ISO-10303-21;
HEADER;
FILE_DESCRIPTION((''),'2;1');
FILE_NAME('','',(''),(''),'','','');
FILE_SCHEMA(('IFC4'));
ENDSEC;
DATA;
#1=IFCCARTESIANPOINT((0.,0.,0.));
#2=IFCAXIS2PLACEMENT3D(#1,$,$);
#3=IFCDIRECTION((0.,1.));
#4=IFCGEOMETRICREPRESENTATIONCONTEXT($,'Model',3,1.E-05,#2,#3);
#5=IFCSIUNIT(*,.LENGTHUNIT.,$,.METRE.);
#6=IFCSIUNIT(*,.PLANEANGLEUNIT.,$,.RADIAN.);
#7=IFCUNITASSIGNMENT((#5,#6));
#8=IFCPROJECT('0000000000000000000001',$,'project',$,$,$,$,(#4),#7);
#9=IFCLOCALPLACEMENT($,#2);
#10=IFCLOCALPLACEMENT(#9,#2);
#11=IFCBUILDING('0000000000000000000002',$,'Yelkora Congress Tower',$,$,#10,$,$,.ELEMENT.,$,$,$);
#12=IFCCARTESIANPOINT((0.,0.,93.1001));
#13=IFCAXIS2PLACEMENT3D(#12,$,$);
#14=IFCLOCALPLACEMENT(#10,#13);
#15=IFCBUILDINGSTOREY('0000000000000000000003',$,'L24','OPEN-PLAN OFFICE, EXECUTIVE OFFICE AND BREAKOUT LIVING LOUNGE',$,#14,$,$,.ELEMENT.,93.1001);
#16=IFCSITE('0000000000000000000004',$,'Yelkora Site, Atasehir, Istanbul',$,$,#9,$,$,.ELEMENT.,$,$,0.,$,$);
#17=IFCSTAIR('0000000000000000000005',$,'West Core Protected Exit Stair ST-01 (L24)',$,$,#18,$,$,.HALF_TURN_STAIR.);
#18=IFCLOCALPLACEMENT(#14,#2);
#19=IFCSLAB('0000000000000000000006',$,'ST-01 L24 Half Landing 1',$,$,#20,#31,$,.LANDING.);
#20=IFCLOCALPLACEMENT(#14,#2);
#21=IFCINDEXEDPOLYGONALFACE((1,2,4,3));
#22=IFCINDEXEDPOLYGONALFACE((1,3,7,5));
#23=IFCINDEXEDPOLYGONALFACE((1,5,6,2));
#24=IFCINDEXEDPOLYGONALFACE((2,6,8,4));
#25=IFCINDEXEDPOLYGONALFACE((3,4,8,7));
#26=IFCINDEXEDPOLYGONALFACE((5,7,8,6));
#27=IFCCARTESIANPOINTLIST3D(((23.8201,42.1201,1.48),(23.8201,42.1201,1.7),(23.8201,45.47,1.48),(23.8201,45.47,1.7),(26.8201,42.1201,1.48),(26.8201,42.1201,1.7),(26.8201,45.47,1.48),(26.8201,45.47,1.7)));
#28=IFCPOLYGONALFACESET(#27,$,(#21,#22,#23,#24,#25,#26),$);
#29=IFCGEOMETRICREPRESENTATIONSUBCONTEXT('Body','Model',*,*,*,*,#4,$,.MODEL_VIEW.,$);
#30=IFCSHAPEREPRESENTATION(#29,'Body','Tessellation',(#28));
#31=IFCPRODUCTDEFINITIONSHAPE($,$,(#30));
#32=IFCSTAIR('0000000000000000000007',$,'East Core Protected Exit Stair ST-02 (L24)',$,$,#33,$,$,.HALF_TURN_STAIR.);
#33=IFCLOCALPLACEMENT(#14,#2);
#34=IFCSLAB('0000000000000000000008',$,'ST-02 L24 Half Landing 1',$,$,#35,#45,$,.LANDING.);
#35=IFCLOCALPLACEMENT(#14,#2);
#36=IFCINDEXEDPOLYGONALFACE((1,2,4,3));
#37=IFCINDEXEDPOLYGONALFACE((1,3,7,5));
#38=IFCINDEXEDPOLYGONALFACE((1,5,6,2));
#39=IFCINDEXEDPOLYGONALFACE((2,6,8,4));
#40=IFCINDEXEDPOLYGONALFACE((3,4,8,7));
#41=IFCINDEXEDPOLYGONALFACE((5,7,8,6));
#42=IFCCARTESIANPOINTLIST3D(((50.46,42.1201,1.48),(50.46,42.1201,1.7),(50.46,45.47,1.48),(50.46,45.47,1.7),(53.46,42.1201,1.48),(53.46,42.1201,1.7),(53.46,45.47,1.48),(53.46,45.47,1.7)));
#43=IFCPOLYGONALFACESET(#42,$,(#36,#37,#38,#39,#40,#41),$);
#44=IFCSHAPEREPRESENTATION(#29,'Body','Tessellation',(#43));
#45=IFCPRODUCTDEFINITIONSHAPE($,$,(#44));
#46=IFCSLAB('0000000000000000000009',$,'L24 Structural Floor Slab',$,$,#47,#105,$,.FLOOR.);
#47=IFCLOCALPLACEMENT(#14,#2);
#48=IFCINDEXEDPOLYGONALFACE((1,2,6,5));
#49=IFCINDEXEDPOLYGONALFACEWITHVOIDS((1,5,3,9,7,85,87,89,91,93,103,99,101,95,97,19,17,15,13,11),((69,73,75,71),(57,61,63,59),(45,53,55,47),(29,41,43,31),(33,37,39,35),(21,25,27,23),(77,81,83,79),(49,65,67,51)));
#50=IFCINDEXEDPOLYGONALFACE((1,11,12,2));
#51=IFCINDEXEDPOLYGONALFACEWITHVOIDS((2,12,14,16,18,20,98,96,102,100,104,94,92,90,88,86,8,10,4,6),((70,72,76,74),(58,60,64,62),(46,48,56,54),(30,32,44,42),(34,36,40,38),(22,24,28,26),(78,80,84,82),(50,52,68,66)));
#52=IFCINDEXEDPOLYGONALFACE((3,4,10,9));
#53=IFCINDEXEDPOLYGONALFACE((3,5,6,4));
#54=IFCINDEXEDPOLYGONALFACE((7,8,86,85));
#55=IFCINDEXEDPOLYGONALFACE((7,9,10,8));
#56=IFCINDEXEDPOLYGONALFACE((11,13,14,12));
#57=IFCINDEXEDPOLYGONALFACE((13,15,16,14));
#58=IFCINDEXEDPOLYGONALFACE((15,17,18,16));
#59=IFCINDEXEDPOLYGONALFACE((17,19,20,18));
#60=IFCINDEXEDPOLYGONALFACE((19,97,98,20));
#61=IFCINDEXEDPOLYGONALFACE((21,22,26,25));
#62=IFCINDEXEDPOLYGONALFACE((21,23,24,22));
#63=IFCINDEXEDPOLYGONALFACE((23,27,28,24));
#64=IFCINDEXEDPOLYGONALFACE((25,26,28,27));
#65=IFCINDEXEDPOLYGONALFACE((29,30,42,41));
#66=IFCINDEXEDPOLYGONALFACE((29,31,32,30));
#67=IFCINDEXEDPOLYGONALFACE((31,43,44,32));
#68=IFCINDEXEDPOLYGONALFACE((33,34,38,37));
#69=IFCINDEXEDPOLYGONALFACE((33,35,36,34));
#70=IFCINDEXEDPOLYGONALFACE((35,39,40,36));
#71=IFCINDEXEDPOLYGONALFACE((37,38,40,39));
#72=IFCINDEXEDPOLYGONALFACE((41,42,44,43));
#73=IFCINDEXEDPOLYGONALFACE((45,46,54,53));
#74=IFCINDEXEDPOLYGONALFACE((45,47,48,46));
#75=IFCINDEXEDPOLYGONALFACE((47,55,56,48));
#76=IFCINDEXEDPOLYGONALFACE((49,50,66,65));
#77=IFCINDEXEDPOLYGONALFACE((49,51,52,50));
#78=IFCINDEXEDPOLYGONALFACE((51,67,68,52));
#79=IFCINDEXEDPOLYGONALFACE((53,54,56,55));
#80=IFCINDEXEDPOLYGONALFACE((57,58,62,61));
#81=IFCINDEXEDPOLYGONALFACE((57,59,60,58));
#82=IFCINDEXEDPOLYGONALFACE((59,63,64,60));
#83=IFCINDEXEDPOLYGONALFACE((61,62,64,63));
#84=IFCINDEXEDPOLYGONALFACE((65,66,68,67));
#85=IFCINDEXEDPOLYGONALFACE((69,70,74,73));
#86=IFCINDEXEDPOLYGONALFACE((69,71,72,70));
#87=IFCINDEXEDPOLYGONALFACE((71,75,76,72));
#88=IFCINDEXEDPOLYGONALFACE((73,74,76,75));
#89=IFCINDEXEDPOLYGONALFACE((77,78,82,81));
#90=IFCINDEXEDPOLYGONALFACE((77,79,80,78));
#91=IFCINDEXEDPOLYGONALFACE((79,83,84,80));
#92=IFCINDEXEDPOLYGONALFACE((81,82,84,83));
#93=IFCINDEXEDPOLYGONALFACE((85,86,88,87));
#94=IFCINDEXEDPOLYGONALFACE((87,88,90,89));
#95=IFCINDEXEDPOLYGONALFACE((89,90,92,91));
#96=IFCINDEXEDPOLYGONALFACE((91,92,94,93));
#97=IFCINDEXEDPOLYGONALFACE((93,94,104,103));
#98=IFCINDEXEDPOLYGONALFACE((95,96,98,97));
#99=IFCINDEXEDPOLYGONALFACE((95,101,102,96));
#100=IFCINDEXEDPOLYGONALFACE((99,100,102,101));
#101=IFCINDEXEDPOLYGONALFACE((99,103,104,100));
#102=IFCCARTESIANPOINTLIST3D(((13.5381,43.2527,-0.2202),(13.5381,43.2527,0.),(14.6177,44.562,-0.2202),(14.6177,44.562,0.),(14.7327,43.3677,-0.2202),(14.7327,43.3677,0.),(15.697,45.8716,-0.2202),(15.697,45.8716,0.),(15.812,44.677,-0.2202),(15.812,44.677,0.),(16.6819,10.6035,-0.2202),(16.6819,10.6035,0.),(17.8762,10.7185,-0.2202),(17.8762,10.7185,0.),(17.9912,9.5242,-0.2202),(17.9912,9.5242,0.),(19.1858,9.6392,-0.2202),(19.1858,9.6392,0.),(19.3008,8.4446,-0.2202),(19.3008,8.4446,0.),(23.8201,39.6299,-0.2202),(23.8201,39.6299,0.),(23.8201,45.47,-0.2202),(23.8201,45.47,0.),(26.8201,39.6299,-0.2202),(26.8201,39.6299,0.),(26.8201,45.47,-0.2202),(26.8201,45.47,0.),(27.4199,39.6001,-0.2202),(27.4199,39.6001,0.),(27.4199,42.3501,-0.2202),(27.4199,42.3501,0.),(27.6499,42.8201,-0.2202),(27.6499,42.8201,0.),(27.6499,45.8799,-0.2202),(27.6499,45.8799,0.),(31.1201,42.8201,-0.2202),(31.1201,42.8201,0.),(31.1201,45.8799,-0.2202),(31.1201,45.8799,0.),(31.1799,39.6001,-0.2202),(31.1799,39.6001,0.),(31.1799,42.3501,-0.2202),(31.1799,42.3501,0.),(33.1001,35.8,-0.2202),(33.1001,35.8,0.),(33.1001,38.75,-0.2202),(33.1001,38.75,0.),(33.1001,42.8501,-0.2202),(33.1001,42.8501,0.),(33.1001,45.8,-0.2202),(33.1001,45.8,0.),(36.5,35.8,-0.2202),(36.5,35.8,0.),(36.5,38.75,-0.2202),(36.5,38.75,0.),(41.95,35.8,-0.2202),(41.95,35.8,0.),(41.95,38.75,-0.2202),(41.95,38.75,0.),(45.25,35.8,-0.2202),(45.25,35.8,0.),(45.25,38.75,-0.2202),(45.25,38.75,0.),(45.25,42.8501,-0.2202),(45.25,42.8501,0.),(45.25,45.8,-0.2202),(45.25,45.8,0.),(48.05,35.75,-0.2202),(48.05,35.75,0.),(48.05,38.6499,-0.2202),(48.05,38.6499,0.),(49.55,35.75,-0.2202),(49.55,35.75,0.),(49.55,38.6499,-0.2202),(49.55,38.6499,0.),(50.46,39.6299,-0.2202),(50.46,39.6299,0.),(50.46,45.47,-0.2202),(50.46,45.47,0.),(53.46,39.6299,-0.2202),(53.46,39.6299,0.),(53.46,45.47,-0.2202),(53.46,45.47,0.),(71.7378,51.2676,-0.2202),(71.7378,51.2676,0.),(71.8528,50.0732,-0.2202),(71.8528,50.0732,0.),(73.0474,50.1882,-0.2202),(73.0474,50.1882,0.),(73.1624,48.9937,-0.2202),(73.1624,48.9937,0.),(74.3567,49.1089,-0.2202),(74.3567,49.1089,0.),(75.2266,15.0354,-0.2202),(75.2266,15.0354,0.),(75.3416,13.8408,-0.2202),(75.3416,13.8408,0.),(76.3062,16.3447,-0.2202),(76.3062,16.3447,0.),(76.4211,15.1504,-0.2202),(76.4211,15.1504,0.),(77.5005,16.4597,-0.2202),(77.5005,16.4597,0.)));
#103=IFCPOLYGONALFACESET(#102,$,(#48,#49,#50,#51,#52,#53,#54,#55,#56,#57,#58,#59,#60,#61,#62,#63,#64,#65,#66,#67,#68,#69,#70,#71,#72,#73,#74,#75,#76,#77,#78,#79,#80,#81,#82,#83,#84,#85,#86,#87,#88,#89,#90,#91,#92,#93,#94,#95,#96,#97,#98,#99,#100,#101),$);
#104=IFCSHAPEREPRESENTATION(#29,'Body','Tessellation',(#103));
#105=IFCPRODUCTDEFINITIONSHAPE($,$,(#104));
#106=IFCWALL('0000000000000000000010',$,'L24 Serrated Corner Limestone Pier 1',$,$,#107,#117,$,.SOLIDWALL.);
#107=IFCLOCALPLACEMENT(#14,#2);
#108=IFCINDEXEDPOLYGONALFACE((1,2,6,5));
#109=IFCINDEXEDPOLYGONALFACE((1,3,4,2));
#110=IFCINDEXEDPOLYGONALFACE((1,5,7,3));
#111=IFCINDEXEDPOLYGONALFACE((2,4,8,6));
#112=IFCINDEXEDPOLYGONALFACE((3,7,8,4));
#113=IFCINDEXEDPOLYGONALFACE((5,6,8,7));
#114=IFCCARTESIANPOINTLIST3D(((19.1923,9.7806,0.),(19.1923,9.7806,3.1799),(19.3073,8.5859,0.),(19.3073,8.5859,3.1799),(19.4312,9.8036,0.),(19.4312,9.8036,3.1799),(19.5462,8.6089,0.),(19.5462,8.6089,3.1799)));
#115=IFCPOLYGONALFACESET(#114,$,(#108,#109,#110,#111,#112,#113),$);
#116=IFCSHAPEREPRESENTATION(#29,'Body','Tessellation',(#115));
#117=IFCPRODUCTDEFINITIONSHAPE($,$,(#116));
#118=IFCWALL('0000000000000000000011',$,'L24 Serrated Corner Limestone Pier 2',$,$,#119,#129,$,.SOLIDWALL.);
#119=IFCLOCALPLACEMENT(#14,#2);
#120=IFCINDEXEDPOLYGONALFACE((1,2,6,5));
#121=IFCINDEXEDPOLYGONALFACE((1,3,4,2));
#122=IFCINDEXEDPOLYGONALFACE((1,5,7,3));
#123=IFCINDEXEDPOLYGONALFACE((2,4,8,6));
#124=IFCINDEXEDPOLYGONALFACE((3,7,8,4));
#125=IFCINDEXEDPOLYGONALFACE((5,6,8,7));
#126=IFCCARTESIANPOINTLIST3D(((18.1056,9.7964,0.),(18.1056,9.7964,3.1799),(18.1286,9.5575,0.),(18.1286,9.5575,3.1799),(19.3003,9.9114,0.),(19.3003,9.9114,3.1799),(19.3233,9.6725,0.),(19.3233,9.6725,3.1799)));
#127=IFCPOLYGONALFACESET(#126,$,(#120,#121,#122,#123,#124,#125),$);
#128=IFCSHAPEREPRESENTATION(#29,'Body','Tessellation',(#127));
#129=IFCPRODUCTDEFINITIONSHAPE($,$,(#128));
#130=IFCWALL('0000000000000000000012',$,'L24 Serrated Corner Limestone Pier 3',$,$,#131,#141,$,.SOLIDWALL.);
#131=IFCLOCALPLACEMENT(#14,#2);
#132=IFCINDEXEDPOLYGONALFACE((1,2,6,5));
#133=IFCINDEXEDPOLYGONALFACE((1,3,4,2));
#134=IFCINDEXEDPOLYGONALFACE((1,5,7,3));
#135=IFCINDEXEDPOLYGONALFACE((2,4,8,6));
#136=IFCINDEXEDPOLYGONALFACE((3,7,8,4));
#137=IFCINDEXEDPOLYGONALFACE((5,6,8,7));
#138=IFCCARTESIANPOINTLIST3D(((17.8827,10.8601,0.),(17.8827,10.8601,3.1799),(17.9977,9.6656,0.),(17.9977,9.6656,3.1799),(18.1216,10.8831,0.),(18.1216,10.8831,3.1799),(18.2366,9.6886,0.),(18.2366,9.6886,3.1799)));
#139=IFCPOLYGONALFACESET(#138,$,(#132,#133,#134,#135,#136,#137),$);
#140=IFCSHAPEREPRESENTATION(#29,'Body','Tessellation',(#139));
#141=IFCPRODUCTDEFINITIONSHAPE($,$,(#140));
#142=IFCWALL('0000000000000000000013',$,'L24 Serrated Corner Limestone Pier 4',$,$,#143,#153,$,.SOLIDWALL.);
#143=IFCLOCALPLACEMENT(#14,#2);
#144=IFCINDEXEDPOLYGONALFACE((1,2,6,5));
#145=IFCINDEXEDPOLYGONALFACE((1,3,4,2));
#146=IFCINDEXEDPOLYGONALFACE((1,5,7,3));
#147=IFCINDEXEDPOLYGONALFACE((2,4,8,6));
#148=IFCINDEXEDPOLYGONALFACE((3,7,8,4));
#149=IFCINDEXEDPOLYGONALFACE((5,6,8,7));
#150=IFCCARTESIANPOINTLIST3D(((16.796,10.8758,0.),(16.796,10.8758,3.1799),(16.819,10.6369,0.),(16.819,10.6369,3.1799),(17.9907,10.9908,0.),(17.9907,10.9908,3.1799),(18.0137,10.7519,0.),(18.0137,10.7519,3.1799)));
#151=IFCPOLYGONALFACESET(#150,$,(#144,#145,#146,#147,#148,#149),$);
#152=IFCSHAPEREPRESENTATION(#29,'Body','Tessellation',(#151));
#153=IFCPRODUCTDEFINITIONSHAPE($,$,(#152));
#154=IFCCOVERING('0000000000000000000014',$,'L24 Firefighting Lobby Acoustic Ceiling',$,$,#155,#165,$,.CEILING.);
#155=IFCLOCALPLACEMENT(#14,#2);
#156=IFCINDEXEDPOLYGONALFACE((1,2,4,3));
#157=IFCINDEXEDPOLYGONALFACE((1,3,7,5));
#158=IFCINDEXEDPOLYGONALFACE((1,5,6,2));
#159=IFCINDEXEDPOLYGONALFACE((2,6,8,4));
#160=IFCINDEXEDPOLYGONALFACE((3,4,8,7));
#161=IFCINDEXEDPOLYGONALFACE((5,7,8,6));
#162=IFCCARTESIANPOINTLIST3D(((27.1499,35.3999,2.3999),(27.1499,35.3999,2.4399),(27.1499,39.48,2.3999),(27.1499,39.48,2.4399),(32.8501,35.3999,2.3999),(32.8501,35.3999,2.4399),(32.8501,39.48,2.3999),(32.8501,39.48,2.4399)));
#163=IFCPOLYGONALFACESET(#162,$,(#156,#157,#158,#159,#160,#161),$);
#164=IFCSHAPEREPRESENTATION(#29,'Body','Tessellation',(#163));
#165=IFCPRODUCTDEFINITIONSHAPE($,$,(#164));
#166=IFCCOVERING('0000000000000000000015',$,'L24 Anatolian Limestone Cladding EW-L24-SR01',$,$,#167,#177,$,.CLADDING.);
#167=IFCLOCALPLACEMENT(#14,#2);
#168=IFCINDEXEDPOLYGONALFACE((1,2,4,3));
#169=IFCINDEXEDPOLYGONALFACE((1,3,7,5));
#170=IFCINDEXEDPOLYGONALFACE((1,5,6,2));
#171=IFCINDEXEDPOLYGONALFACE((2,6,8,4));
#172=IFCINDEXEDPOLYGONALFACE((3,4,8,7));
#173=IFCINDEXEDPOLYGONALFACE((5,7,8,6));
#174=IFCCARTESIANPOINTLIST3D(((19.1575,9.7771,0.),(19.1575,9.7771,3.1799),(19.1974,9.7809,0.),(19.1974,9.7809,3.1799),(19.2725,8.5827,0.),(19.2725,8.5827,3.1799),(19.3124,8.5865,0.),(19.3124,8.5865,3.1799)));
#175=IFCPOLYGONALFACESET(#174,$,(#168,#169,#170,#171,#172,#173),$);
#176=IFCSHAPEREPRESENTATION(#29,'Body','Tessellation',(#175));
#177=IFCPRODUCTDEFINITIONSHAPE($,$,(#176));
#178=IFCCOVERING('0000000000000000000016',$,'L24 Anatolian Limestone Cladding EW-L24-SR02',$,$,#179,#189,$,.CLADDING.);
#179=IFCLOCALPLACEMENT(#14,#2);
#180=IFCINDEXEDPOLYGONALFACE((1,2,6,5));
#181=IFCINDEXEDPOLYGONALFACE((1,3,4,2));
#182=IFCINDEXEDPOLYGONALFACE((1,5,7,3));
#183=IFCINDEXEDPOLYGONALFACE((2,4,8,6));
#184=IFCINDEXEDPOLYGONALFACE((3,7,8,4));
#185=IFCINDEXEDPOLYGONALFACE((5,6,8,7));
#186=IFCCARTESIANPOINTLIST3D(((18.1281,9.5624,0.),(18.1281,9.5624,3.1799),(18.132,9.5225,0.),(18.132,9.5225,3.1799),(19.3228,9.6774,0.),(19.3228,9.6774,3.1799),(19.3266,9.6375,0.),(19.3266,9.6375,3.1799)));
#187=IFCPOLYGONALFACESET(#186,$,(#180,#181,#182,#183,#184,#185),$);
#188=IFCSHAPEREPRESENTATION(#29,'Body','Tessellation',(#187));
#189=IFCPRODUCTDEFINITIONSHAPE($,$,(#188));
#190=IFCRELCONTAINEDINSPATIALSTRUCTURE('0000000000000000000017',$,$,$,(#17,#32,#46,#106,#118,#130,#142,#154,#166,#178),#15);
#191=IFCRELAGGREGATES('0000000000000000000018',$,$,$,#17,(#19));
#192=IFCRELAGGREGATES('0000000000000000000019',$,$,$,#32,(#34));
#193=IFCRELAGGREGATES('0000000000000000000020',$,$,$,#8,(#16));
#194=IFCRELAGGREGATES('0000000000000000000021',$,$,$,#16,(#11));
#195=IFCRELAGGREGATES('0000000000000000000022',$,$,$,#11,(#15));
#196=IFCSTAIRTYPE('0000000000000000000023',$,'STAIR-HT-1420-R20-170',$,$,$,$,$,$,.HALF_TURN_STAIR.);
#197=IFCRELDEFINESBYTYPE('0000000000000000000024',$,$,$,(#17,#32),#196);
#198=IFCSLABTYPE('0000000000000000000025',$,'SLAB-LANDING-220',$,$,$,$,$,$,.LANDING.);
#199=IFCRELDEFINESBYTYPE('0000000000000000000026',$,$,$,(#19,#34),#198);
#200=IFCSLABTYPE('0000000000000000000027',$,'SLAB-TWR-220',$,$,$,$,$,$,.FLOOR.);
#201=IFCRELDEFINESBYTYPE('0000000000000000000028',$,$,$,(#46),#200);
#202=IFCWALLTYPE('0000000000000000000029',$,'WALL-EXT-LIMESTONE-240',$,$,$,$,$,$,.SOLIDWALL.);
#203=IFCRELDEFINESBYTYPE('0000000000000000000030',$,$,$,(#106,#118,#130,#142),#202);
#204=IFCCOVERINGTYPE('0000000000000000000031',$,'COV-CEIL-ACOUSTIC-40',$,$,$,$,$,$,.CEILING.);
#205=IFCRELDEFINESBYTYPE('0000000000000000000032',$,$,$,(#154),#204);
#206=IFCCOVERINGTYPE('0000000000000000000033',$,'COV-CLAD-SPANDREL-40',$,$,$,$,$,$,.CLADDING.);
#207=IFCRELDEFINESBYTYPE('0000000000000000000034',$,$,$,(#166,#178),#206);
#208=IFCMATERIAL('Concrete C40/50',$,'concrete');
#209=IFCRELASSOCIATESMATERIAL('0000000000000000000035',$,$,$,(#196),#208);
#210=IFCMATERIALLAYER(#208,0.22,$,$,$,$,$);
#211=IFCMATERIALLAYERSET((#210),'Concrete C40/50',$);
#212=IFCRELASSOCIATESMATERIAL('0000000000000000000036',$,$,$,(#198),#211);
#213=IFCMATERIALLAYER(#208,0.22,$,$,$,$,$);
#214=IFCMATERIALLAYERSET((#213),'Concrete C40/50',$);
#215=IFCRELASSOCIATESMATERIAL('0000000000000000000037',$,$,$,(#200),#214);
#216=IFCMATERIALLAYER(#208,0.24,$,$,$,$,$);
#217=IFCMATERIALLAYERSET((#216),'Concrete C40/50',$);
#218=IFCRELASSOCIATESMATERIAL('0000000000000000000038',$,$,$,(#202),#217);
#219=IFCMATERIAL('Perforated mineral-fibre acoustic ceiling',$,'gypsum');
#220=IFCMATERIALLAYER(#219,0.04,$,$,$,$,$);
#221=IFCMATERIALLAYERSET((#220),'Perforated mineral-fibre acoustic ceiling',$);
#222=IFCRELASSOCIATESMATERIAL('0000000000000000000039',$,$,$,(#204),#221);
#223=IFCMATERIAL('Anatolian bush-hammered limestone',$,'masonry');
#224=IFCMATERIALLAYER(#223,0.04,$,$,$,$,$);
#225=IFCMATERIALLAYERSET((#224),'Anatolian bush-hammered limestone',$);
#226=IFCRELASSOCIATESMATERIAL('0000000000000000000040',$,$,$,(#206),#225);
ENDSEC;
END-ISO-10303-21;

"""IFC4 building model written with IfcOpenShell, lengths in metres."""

from ifc_helpers import new_model, si_unit, direction, frame, frame_2d, origin, place, context, subcontext, project, spatial, polyline, rectangle, outline, extrude, material, layer, layer_set, type_object, element, aggregate, save


model = new_model("IFC4")

# Units and contexts
model_context = context("Model", 3, precision=1e-05, world=origin(), true_north=direction((0.0, 1.0)))
body_context = subcontext(model_context, "Body", "Model", "MODEL_VIEW")
ifc_project = project(units=[si_unit("LENGTHUNIT", "METRE"), si_unit("PLANEANGLEUNIT", "RADIAN")], contexts=[model_context])

# Site, building, storey
site_placement = place(None, origin())
site = spatial("IfcSite", under=ifc_project, at=site_placement, Name="Yelkora Site, Atasehir, Istanbul", CompositionType="ELEMENT", RefElevation=0.0)
building_placement = place(site_placement, origin())
building = spatial("IfcBuilding", under=site, at=building_placement, Name="Yelkora Congress Tower", CompositionType="ELEMENT")
storey_placement = place(building_placement, frame((0.0, 0.0, 93.1001)))
storey = spatial("IfcBuildingStorey", under=building, at=storey_placement, Name="L24", Description="OPEN-PLAN OFFICE, EXECUTIVE OFFICE AND BREAKOUT LIVING LOUNGE", CompositionType="ELEMENT", Elevation=93.1001)

# Stairs, slabs
ifc_material_1 = material(Name="Concrete C40/50", Category="concrete")
stair_type = type_object("IfcStairType", Name="STAIR-HT-1420-R20-170", PredefinedType="HALF_TURN_STAIR", material=ifc_material_1)
stair_1_placement = place(storey_placement, origin())
stair_1 = element("IfcStair", 1, at=stair_1_placement, inside=storey, type_object=stair_type, Name="West Core Protected Exit Stair ST-01 (L24)", PredefinedType="HALF_TURN_STAIR")
ifc_layer_1 = layer(ifc_material_1, 0.22)
ifc_layer_set_1 = layer_set([ifc_layer_1], Name="Concrete C40/50")
slab_type_1 = type_object("IfcSlabType", Name="SLAB-LANDING-220", PredefinedType="LANDING", material=ifc_layer_set_1)
slab_1_placement = place(storey_placement, frame((0.0, 0.0, 1.48)))
slab_1 = element("IfcSlab", 2, at=slab_1_placement, type_object=slab_type_1, Name="ST-01 L24 Half Landing 1", PredefinedType="LANDING", context=body_context, shape_type="SweptSolid", body=[
    extrude(outline(polyline([(26.8201, 42.1201), (26.8201, 45.47), (23.8201, 45.47), (23.8201, 42.1201), (26.8201, 42.1201)])), origin(), (0.0, 0.0, 1.0), 0.22),
])
aggregate(stair_1, [slab_1])
stair_2_placement = place(storey_placement, origin())
stair_2 = element("IfcStair", 3, at=stair_2_placement, inside=storey, type_object=stair_type, Name="East Core Protected Exit Stair ST-02 (L24)", PredefinedType="HALF_TURN_STAIR")
slab_2_placement = place(storey_placement, frame((0.0, 0.0, 1.48)))
slab_2 = element("IfcSlab", 4, at=slab_2_placement, type_object=slab_type_1, Name="ST-02 L24 Half Landing 1", PredefinedType="LANDING", context=body_context, shape_type="SweptSolid", body=[
    extrude(outline(polyline([(53.46, 42.1201), (53.46, 45.47), (50.46, 45.47), (50.46, 42.1201), (53.46, 42.1201)])), origin(), (0.0, 0.0, 1.0), 0.22),
])
aggregate(stair_2, [slab_2])

# Slab
ifc_layer_2 = layer(ifc_material_1, 0.22)
ifc_layer_set_2 = layer_set([ifc_layer_2], Name="Concrete C40/50")
slab_type_2 = type_object("IfcSlabType", Name="SLAB-TWR-220", PredefinedType="FLOOR", material=ifc_layer_set_2)
slab_3_placement = place(storey_placement, frame((0.0, 0.0, -0.2202)))
element("IfcSlab", 5, at=slab_3_placement, inside=storey, type_object=slab_type_2, Name="L24 Structural Floor Slab", PredefinedType="FLOOR", context=body_context, shape_type="SweptSolid", body=[
    extrude(outline(polyline([(19.3008, 8.4446), (75.3416, 13.8408), (75.2266, 15.0354), (76.4211, 15.1504), (76.3062, 16.3447), (77.5005, 16.4597), (74.3567, 49.1089), (73.1624, 48.9937), (73.0474, 50.1882), (71.8528, 50.0732), (71.7378, 51.2676), (15.697, 45.8716), (15.812, 44.677), (14.6177, 44.562), (14.7327, 43.3677), (13.5381, 43.2527), (16.6819, 10.6035), (17.8762, 10.7185), (17.9912, 9.5242), (19.1858, 9.6392), (19.3008, 8.4446)]), holes=[polyline([(23.8201, 39.6299), (26.8201, 39.6299), (26.8201, 45.47), (23.8201, 45.47), (23.8201, 39.6299)]), polyline([(50.46, 39.6299), (53.46, 39.6299), (53.46, 45.47), (50.46, 45.47), (50.46, 39.6299)]), polyline([(48.05, 35.75), (49.55, 35.75), (49.55, 38.6499), (48.05, 38.6499), (48.05, 35.75)]), polyline([(41.95, 35.8), (45.25, 35.8), (45.25, 38.75), (41.95, 38.75), (41.95, 35.8)]), polyline([(33.1001, 42.8501), (45.25, 42.8501), (45.25, 45.8), (33.1001, 45.8), (33.1001, 42.8501)]), polyline([(33.1001, 35.8), (36.5, 35.8), (36.5, 38.75), (33.1001, 38.75), (33.1001, 35.8)]), polyline([(27.4199, 39.6001), (31.1799, 39.6001), (31.1799, 42.3501), (27.4199, 42.3501), (27.4199, 39.6001)]), polyline([(27.6499, 42.8201), (31.1201, 42.8201), (31.1201, 45.8799), (27.6499, 45.8799), (27.6499, 42.8201)])]), origin(), (0.0, 0.0, 1.0), 0.2202),
])

# Walls
ifc_layer_3 = layer(ifc_material_1, 0.24)
ifc_layer_set_3 = layer_set([ifc_layer_3], Name="Concrete C40/50")
wall_type = type_object("IfcWallType", Name="WALL-EXT-LIMESTONE-240", PredefinedType="SOLIDWALL", material=ifc_layer_set_3)
for number, where, z_axis, x_axis, name in (
    (6, (19.4268, 8.5974, 0.0), (0.0, 0.0, 1.0), (-0.095817, 0.995399, 0.0), "L24 Serrated Corner Limestone Pier 1"),
    (7, (19.3118, 9.792, 0.0), (0.0, 0.0, 1.0), (-0.995399, -0.095817, 0.0), "L24 Serrated Corner Limestone Pier 2"),
):
    element("IfcWall", number, at=place(storey_placement, frame(where, z_axis=z_axis, x_axis=x_axis)), inside=storey, type_object=wall_type, Name=name, PredefinedType="SOLIDWALL", context=body_context, shape_type="SweptSolid", body=[
        extrude(rectangle(XDim=1.2002, YDim=0.24, at=frame_2d((0.6001, 0.0))), origin(), (0.0, 0.0, 1.0), 3.1799),
    ])
wall_1_placement = place(storey_placement, frame((18.1172, 9.677, 0.0), z_axis=(0.0, 0.0, 1.0), x_axis=(-0.095836, 0.995397, 0.0)))
element("IfcWall", 8, at=wall_1_placement, inside=storey, type_object=wall_type, Name="L24 Serrated Corner Limestone Pier 3", PredefinedType="SOLIDWALL", context=body_context, shape_type="SweptSolid", body=[
    extrude(rectangle(XDim=1.2, YDim=0.24, at=frame_2d((0.6001, 0.0))), origin(), (0.0, 0.0, 1.0), 3.1799),
])
wall_2_placement = place(storey_placement, frame((18.0022, 10.8713, 0.0), z_axis=(0.0, 0.0, 1.0), x_axis=(-0.995399, -0.095817, 0.0)))
element("IfcWall", 9, at=wall_2_placement, inside=storey, type_object=wall_type, Name="L24 Serrated Corner Limestone Pier 4", PredefinedType="SOLIDWALL", context=body_context, shape_type="SweptSolid", body=[
    extrude(rectangle(XDim=1.2002, YDim=0.24, at=frame_2d((0.6001, 0.0))), origin(), (0.0, 0.0, 1.0), 3.1799),
])

# Coverings
ifc_material_2 = material(Name="Perforated mineral-fibre acoustic ceiling", Category="gypsum")
ifc_layer_4 = layer(ifc_material_2, 0.04)
ifc_layer_set_4 = layer_set([ifc_layer_4], Name="Perforated mineral-fibre acoustic ceiling")
covering_type_1 = type_object("IfcCoveringType", Name="COV-CEIL-ACOUSTIC-40", PredefinedType="CEILING", material=ifc_layer_set_4)
covering_1_placement = place(storey_placement, frame((0.0, 0.0, 2.3999)))
element("IfcCovering", 10, at=covering_1_placement, inside=storey, type_object=covering_type_1, Name="L24 Firefighting Lobby Acoustic Ceiling", PredefinedType="CEILING", context=body_context, shape_type="SweptSolid", body=[
    extrude(outline(polyline([(27.1499, 35.3999), (32.8501, 35.3999), (32.8501, 39.48), (27.1499, 39.48), (27.1499, 35.3999)])), origin(), (0.0, 0.0, 1.0), 0.04),
])
ifc_material_3 = material(Name="Anatolian bush-hammered limestone", Category="masonry")
ifc_layer_5 = layer(ifc_material_3, 0.04)
ifc_layer_set_5 = layer_set([ifc_layer_5], Name="Anatolian bush-hammered limestone")
covering_type_2 = type_object("IfcCoveringType", Name="COV-CLAD-SPANDREL-40", PredefinedType="CLADDING", material=ifc_layer_set_5)
covering_2_placement = place(storey_placement, frame((19.2925, 8.5845, 0.0), z_axis=(0.0, 0.0, 1.0), x_axis=(-0.095836, 0.995397, 0.0)))
element("IfcCovering", 11, at=covering_2_placement, inside=storey, type_object=covering_type_2, Name="L24 Anatolian Limestone Cladding EW-L24-SR01", PredefinedType="CLADDING", context=body_context, shape_type="SweptSolid", body=[
    extrude(rectangle(XDim=1.2, YDim=0.04, at=frame_2d((0.6001, 0.0))), origin(), (0.0, 0.0, 1.0), 3.1799),
])
for number, where, z_axis, x_axis, name in (
    (12, (19.3247, 9.6575, 0.0), (0.0, 0.0, 1.0), (-0.995399, -0.095817, 0.0), "L24 Anatolian Limestone Cladding EW-L24-SR02"),
):
    element("IfcCovering", number, at=place(storey_placement, frame(where, z_axis=z_axis, x_axis=x_axis)), inside=storey, type_object=covering_type_2, Name=name, PredefinedType="CLADDING", context=body_context, shape_type="SweptSolid", body=[
        extrude(rectangle(XDim=1.2002, YDim=0.04, at=frame_2d((0.6001, 0.0))), origin(), (0.0, 0.0, 1.0), 3.1799),
    ])

save(model, "model.ifc")
